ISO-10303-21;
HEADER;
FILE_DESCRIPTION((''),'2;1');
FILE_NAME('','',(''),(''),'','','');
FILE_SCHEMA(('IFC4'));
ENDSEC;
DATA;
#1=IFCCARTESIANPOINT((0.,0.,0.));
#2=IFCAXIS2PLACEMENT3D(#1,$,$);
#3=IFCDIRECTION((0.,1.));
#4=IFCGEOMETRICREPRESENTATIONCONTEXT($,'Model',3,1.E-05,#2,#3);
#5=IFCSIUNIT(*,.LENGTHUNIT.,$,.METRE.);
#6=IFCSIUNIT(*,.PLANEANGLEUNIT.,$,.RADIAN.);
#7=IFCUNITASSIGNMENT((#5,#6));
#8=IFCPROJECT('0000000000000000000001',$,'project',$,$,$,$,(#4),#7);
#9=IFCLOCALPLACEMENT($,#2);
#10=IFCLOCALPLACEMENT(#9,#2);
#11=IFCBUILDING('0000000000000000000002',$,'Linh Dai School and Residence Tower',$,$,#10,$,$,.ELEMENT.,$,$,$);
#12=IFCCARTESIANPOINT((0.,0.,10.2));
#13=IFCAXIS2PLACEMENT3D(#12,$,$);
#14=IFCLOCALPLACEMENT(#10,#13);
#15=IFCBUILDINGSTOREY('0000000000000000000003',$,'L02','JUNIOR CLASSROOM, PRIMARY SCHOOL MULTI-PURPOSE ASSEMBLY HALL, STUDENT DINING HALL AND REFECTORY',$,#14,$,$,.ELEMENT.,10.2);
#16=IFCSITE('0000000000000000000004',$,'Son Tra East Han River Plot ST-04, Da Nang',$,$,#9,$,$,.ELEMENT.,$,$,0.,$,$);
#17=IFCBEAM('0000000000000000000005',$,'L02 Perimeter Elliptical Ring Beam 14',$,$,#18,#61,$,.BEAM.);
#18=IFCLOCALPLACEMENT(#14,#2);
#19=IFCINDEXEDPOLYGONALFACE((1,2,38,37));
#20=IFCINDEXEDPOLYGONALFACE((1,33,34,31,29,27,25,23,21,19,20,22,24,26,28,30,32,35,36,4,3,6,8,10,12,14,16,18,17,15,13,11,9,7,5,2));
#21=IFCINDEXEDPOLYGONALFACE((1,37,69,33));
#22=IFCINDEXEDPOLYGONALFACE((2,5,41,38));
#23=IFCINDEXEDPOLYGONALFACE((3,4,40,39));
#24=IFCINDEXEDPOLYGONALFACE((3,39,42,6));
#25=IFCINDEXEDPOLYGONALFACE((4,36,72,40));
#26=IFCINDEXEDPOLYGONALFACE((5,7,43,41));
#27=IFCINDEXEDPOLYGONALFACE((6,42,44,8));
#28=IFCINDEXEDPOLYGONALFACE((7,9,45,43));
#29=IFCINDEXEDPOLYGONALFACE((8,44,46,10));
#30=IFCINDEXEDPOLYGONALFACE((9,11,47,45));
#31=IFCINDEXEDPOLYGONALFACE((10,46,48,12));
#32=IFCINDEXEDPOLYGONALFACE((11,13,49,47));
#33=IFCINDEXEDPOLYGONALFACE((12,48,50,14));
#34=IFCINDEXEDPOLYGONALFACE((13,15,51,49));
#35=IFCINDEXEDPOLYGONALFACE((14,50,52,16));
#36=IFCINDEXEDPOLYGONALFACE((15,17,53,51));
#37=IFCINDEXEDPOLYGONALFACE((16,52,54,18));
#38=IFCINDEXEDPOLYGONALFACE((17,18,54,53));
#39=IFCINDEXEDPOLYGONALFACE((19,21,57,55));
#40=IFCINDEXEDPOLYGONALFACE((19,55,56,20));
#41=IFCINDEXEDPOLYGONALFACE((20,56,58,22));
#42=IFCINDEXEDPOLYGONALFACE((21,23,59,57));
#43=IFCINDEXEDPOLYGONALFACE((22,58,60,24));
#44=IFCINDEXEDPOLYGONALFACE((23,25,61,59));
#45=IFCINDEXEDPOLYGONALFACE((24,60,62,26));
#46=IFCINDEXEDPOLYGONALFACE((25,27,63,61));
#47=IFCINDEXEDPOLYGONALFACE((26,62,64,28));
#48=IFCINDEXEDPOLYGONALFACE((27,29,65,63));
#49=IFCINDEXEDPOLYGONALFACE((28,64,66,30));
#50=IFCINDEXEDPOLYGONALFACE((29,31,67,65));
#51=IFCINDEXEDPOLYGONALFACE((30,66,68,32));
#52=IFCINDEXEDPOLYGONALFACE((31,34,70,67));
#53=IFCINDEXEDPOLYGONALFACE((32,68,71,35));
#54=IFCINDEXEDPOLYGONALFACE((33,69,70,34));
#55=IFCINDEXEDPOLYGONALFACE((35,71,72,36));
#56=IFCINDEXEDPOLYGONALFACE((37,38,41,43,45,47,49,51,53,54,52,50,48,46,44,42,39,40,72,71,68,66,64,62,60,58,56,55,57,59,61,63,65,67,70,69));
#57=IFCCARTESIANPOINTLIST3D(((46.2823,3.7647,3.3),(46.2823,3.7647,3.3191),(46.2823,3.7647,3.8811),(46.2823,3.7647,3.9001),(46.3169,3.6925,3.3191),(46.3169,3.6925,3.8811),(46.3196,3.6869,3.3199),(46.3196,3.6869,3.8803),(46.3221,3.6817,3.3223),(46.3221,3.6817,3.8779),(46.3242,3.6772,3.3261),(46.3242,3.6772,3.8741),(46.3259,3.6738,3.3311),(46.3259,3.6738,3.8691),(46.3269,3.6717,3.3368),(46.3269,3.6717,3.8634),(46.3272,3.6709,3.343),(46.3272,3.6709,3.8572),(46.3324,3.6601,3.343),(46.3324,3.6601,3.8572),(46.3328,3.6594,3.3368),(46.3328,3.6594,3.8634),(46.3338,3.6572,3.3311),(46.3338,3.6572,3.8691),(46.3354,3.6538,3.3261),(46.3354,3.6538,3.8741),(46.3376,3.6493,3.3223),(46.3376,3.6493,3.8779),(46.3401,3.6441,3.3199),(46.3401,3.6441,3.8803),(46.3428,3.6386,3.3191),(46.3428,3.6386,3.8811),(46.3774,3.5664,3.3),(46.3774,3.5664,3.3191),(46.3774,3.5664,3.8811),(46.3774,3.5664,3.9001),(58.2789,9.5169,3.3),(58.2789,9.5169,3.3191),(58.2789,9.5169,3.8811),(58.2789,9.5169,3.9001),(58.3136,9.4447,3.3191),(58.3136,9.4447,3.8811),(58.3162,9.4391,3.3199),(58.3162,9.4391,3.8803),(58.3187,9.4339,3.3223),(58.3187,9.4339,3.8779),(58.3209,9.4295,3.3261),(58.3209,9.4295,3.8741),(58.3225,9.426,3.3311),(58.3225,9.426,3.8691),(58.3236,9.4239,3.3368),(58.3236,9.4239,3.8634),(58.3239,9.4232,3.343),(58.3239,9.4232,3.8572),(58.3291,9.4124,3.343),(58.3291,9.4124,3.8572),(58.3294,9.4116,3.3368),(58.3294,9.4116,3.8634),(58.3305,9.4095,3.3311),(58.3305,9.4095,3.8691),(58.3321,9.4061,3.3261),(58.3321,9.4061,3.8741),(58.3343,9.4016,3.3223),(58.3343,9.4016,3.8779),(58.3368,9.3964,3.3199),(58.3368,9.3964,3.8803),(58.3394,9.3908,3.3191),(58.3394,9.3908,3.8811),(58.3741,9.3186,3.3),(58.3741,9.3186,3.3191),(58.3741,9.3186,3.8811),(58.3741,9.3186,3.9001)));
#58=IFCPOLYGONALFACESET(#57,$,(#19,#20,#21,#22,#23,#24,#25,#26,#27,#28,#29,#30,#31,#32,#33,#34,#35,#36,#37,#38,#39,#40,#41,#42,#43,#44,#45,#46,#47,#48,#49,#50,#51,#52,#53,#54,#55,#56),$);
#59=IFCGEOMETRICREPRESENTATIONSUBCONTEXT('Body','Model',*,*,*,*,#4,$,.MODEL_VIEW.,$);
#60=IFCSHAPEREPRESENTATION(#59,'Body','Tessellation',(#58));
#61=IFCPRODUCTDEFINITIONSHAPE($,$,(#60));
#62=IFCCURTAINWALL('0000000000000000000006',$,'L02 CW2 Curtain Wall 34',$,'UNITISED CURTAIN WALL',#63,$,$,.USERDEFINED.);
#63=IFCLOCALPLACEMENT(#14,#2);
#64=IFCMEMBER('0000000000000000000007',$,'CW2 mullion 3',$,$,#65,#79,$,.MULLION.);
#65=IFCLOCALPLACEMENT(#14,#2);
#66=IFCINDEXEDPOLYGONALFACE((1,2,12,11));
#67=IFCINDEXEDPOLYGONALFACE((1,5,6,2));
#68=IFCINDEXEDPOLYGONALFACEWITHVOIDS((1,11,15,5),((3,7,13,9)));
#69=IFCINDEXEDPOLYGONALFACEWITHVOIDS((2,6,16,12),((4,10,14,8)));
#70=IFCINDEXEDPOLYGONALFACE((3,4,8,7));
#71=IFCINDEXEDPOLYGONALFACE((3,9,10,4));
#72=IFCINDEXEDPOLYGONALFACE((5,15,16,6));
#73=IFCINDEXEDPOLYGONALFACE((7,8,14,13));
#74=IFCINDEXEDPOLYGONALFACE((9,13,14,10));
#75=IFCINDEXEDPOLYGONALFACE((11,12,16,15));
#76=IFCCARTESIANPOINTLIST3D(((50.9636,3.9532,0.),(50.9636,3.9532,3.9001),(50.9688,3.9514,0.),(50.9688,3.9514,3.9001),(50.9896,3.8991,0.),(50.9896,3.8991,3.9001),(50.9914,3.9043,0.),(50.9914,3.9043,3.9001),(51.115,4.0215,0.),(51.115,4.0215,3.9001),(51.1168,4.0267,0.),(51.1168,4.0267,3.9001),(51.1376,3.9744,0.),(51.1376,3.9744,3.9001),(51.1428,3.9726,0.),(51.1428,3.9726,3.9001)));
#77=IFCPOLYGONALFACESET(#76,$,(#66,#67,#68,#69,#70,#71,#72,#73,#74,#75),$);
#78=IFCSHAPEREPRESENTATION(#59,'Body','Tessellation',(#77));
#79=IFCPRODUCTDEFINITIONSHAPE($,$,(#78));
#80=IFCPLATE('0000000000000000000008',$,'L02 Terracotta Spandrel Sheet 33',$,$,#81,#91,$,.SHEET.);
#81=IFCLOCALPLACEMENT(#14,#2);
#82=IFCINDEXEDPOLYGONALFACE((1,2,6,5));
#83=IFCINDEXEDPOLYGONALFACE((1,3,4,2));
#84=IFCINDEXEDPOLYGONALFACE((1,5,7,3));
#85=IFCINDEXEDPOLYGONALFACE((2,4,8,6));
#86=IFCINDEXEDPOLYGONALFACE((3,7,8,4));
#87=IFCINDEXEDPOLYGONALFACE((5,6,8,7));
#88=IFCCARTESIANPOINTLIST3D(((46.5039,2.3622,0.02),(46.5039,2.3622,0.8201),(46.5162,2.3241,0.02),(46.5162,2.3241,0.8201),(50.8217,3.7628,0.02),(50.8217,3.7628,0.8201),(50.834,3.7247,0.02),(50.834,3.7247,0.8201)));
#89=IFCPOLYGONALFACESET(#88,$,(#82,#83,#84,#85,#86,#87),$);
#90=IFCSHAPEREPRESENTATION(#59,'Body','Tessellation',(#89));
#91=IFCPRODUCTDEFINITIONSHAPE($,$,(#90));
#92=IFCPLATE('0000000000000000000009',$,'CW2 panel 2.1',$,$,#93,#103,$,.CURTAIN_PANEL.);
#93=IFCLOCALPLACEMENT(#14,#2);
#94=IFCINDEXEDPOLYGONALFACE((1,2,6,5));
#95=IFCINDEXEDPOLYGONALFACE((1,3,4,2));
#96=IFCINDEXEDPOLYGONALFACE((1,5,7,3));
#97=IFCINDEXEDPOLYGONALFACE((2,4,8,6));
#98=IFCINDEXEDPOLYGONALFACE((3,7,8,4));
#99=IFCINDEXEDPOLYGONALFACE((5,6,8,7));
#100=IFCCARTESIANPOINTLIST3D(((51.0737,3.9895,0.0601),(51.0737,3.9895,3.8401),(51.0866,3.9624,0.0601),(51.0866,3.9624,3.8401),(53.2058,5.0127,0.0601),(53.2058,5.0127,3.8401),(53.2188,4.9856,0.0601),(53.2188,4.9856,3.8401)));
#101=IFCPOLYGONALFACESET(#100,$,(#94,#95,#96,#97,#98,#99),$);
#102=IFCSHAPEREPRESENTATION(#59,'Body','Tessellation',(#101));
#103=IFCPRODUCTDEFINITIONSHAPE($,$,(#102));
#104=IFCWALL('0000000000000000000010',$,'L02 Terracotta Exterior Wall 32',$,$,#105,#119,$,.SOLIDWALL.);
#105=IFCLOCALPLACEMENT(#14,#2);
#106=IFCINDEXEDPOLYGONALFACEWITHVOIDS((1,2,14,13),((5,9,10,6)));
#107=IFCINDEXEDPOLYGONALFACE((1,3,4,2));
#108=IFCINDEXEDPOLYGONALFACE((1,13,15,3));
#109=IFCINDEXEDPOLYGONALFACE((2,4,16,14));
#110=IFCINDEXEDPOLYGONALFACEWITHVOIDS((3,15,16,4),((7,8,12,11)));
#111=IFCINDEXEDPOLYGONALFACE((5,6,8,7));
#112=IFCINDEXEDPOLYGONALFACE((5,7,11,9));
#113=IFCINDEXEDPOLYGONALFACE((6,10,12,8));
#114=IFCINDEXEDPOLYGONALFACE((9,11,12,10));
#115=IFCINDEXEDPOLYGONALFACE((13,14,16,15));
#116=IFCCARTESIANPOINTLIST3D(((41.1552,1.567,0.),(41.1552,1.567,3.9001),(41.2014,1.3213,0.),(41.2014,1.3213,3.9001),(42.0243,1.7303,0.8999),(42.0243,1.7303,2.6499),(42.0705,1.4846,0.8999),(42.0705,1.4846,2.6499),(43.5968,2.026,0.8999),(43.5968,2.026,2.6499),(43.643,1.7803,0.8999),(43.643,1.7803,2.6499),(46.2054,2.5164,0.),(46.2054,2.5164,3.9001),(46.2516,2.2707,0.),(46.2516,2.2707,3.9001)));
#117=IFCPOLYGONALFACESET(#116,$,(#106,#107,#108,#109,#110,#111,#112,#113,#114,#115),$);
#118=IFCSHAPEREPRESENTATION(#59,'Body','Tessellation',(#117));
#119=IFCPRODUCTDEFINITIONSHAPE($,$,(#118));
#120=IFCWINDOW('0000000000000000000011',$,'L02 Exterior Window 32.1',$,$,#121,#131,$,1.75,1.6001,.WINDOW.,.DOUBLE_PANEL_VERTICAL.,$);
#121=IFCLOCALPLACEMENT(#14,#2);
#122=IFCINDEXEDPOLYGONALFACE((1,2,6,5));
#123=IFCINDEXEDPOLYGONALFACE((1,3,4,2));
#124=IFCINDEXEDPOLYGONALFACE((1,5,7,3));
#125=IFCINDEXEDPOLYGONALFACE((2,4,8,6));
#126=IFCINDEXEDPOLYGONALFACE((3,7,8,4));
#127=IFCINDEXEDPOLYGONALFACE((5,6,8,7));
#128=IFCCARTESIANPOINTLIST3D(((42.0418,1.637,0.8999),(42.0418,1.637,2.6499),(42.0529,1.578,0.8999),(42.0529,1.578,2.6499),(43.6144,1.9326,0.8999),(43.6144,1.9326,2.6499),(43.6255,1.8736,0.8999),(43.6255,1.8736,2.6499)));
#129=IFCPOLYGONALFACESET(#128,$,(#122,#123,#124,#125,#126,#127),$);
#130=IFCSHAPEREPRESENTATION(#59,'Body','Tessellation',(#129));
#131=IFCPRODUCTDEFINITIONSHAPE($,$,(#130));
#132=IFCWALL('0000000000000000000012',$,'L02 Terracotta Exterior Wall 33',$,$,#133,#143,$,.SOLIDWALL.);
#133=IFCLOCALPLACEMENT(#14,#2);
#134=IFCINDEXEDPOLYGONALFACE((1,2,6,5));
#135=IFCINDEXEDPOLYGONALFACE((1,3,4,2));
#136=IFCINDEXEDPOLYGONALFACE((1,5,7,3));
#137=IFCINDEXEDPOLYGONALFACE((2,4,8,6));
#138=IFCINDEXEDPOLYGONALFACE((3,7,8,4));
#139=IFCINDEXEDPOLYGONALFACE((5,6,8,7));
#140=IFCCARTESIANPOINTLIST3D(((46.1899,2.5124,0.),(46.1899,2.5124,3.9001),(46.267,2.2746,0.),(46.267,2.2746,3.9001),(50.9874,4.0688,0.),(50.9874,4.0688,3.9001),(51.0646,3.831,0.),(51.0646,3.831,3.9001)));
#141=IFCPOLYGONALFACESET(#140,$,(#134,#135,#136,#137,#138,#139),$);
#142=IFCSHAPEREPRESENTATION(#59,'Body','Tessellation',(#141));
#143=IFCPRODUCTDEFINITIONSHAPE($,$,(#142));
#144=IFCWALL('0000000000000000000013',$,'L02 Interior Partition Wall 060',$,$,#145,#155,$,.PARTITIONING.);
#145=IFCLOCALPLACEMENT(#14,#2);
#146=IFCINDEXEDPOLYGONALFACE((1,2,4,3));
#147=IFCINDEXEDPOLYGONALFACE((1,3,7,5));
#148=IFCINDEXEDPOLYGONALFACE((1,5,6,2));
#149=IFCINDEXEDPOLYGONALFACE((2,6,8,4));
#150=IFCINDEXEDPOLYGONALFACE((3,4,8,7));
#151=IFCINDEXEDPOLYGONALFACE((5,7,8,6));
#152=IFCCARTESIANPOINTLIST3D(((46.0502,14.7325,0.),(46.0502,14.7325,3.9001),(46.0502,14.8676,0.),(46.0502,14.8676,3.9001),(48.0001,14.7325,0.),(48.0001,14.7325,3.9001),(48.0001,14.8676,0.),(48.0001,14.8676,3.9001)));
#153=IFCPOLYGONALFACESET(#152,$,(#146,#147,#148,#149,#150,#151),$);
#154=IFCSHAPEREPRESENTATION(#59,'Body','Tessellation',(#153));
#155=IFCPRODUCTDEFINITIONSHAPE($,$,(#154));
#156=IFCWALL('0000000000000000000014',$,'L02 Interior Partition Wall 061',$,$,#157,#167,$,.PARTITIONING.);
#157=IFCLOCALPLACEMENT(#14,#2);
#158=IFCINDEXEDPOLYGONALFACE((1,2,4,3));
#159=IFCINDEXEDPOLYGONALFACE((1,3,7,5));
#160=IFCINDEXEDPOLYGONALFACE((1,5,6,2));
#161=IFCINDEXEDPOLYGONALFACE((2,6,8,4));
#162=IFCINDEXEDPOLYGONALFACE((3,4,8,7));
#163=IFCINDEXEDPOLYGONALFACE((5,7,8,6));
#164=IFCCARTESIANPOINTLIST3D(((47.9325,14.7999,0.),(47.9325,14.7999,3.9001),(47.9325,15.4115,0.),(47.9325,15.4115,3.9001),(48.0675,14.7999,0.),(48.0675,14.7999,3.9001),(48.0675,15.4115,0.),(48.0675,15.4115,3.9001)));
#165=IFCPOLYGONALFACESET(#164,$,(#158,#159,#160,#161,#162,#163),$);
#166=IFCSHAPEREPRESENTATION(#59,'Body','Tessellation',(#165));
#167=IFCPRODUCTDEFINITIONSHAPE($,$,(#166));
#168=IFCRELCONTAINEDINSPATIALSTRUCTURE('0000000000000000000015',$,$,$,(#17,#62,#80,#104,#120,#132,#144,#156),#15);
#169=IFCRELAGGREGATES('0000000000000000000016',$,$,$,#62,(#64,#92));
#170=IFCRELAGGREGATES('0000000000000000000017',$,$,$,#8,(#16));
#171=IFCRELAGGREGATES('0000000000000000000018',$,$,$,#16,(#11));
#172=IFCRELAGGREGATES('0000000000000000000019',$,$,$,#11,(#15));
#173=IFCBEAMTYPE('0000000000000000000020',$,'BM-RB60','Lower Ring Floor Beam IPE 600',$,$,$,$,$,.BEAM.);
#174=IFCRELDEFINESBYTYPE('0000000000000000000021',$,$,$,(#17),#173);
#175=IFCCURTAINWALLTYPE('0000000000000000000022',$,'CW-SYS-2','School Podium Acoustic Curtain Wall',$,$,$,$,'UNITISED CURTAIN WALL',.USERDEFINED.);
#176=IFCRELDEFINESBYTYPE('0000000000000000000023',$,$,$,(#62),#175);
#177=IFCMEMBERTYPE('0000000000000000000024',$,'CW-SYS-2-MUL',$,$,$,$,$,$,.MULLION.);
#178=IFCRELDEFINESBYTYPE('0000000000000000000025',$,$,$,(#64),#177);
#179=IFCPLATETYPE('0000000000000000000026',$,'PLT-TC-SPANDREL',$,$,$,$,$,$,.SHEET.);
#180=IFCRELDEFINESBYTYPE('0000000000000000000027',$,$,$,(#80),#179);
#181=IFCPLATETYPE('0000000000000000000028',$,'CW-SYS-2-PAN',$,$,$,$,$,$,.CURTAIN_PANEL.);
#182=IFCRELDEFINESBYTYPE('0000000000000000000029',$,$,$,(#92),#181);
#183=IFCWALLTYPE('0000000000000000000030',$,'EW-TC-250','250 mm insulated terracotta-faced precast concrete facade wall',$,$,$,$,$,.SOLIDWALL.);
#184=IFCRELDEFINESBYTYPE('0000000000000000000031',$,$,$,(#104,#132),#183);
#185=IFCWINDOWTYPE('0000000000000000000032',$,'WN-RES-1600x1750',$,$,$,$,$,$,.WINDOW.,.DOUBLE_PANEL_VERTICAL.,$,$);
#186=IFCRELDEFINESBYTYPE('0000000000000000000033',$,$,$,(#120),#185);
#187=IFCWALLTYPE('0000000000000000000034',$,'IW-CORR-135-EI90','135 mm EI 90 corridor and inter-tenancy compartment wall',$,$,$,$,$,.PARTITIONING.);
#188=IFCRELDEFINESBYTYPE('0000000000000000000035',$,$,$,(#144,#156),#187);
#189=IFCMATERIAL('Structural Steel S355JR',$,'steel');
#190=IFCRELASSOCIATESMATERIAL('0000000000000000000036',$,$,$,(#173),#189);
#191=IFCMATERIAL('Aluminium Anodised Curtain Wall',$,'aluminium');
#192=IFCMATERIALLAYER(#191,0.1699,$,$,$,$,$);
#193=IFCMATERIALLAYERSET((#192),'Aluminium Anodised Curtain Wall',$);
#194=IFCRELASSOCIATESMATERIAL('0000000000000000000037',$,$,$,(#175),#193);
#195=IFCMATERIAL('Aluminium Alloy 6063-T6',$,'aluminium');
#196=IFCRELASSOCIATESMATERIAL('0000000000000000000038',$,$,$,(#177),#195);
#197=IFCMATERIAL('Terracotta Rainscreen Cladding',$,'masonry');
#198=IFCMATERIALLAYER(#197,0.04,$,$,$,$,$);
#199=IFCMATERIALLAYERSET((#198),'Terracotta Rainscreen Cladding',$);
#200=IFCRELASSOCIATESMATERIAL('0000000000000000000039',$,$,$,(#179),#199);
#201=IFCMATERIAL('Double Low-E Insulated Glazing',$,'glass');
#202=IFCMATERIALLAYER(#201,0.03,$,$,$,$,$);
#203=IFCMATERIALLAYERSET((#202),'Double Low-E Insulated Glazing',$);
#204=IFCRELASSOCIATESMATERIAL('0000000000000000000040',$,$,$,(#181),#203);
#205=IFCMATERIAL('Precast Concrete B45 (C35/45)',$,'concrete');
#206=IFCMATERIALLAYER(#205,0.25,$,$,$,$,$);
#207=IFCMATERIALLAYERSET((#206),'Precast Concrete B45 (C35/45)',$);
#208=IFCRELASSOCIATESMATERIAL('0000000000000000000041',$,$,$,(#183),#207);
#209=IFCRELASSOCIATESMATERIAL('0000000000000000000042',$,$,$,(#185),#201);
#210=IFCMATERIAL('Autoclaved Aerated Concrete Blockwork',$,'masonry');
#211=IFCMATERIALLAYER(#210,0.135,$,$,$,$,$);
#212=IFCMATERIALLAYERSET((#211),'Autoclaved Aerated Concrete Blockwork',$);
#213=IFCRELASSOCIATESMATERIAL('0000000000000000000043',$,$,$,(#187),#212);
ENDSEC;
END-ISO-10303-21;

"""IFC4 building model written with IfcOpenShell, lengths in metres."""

from ifc_helpers import new_model, si_unit, direction, frame, frame_2d, origin, origin_2d, place, context, subcontext, project, spatial, rectangle, hollow_rectangle, i_section, extrude, source, transform, mapped, material, layer, layer_set, material_profile, profile_set, type_object, element, fill, aggregate, save


model = new_model("IFC4")

# Units and contexts
model_context = context("Model", 3, precision=1e-05, world=origin(), true_north=direction((0.0, 1.0)))
body_context = subcontext(model_context, "Body", "Model", "MODEL_VIEW")
ifc_project = project(units=[si_unit("LENGTHUNIT", "METRE"), si_unit("PLANEANGLEUNIT", "RADIAN")], contexts=[model_context])

# Site, building, storey
site_placement = place(None, origin())
site = spatial("IfcSite", under=ifc_project, at=site_placement, Name="Son Tra East Han River Plot ST-04, Da Nang", CompositionType="ELEMENT", RefElevation=0.0)
building_placement = place(site_placement, origin())
building = spatial("IfcBuilding", under=site, at=building_placement, Name="Linh Dai School and Residence Tower", CompositionType="ELEMENT")
storey_placement = place(building_placement, frame((0.0, 0.0, 10.2)))
storey = spatial("IfcBuildingStorey", under=building, at=storey_placement, Name="L02", Description="JUNIOR CLASSROOM, PRIMARY SCHOOL MULTI-PURPOSE ASSEMBLY HALL, STUDENT DINING HALL AND REFECTORY", CompositionType="ELEMENT", Elevation=10.2)

# Beam
ifc_material_1 = material(Name="Structural Steel S355JR", Category="steel")
ifc_material_profile_1 = material_profile(ifc_material_1, i_section(OverallWidth=0.22, OverallDepth=0.6001, WebThickness=0.012, FlangeThickness=0.019, FilletRadius=0.0239, at=origin_2d()), Name="IPE 600")
ifc_profile_set_1 = profile_set([ifc_material_profile_1], Name="Structural Steel S355JR")
beam_type = type_object("IfcBeamType", Name="BM-RB60", Description="Lower Ring Floor Beam IPE 600", PredefinedType="BEAM", material=ifc_profile_set_1)
beam_placement = place(storey_placement, frame((46.3298, 3.6655, 3.6001), z_axis=(0.901704, 0.432355, 0.0), x_axis=(-0.432355, 0.901704, 0.0)))
element("IfcBeam", 1, at=beam_placement, inside=storey, type_object=beam_type, Name="L02 Perimeter Elliptical Ring Beam 14", PredefinedType="BEAM", context=body_context, shape_type="SweptSolid", body=[
    extrude(i_section(OverallWidth=0.22, OverallDepth=0.6001, WebThickness=0.012, FlangeThickness=0.019, FilletRadius=0.0239, at=origin_2d()), origin(), (0.0, 0.0, 1.0), 13.3044),
])

# Curtain wall, member
ifc_material_2 = material(Name="Aluminium Anodised Curtain Wall", Category="aluminium")
ifc_layer_1 = layer(ifc_material_2, 0.1699)
ifc_layer_set_1 = layer_set([ifc_layer_1], Name="Aluminium Anodised Curtain Wall")
curtain_wall_type = type_object("IfcCurtainWallType", Name="CW-SYS-2", Description="School Podium Acoustic Curtain Wall", ElementType="UNITISED CURTAIN WALL", PredefinedType="USERDEFINED", material=ifc_layer_set_1)
curtain_wall_placement = place(storey_placement, origin())
curtain_wall = element("IfcCurtainWall", 2, at=curtain_wall_placement, inside=storey, type_object=curtain_wall_type, Name="L02 CW2 Curtain Wall 34", ObjectType="UNITISED CURTAIN WALL", PredefinedType="USERDEFINED")
ifc_material_3 = material(Name="Aluminium Alloy 6063-T6", Category="aluminium")
ifc_material_profile_2 = material_profile(ifc_material_3, hollow_rectangle(XDim=0.0601, YDim=0.1699, WallThickness=0.0039, at=origin_2d()), Name="RHS 170x60x4")
ifc_profile_set_2 = profile_set([ifc_material_profile_2], Name="Aluminium Alloy 6063-T6")
member_type = type_object("IfcMemberType", Name="CW-SYS-2-MUL", PredefinedType="MULLION", material=ifc_profile_set_2)
shared_shape_1 = source(origin(), body_context, "Body", "SweptSolid", [
    extrude(hollow_rectangle(XDim=0.0601, YDim=0.1699, WallThickness=0.0039, at=origin_2d()), origin(), (0.0, 0.0, 1.0), 3.9001),
])
member_placement = place(storey_placement, frame((51.0532, 3.9629, 0.0), z_axis=(0.0, 0.0, 1.0), x_axis=(0.432657, -0.901558, 0.0)))
member = element("IfcMember", 3, at=member_placement, type_object=member_type, Name="CW2 mullion 3", PredefinedType="MULLION", context=body_context, shape_type="MappedRepresentation", body=[
    mapped(shared_shape_1, transform((0.0, 0.0, 0.0), x_axis=(1.0, 0.0, 0.0), y_axis=(0.0, 1.0, 0.0), z_axis=(0.0, 0.0, 1.0), scale=1.0)),
])

# Plates
ifc_material_4 = material(Name="Terracotta Rainscreen Cladding", Category="masonry")
ifc_layer_2 = layer(ifc_material_4, 0.04)
ifc_layer_set_2 = layer_set([ifc_layer_2], Name="Terracotta Rainscreen Cladding")
plate_type_1 = type_object("IfcPlateType", Name="PLT-TC-SPANDREL", PredefinedType="SHEET", material=ifc_layer_set_2)
shared_shape_2 = source(origin(), body_context, "Body", "SweptSolid", [
    extrude(rectangle(XDim=4.5393, YDim=0.04, at=origin_2d()), origin(), (0.0, 0.0, 1.0), 0.8),
])
plate_1_placement = place(storey_placement, frame((48.6689, 3.0435, 0.02), z_axis=(0.0, 0.0, 1.0), x_axis=(-0.951207, -0.308554, 0.0)))
element("IfcPlate", 4, at=plate_1_placement, inside=storey, type_object=plate_type_1, Name="L02 Terracotta Spandrel Sheet 33", PredefinedType="SHEET", context=body_context, shape_type="MappedRepresentation", body=[
    mapped(shared_shape_2, transform((0.0, 0.0, 0.0), x_axis=(1.0, 0.0, 0.0), y_axis=(0.0, 1.0, 0.0), z_axis=(0.0, 0.0, 1.0), scale=1.0)),
])
ifc_material_5 = material(Name="Double Low-E Insulated Glazing", Category="glass")
ifc_layer_3 = layer(ifc_material_5, 0.03)
ifc_layer_set_3 = layer_set([ifc_layer_3], Name="Double Low-E Insulated Glazing")
plate_type_2 = type_object("IfcPlateType", Name="CW-SYS-2-PAN", PredefinedType="CURTAIN_PANEL", material=ifc_layer_set_3)
shared_shape_3 = source(origin(), body_context, "Body", "SweptSolid", [
    extrude(rectangle(XDim=2.365, YDim=0.03, at=origin_2d()), origin(), (0.0, 0.0, 1.0), 3.78),
])
plate_2_placement = place(storey_placement, frame((52.1462, 4.4875, 0.0601), z_axis=(0.0, 0.0, 1.0), x_axis=(-0.901558, -0.432657, 0.0)))
plate_2 = element("IfcPlate", 5, at=plate_2_placement, type_object=plate_type_2, Name="CW2 panel 2.1", PredefinedType="CURTAIN_PANEL", context=body_context, shape_type="MappedRepresentation", body=[
    mapped(shared_shape_3, transform((0.0, 0.0, 0.0), x_axis=(1.0, 0.0, 0.0), y_axis=(0.0, 1.0, 0.0), z_axis=(0.0, 0.0, 1.0), scale=1.0)),
])
aggregate(curtain_wall, [member, plate_2])

# Wall, opening, window
ifc_material_6 = material(Name="Precast Concrete B45 (C35/45)", Category="concrete")
ifc_layer_4 = layer(ifc_material_6, 0.25)
ifc_layer_set_4 = layer_set([ifc_layer_4], Name="Precast Concrete B45 (C35/45)")
wall_type_1 = type_object("IfcWallType", Name="EW-TC-250", Description="250 mm insulated terracotta-faced precast concrete facade wall", PredefinedType="SOLIDWALL", material=ifc_layer_set_4)
wall_1_placement = place(storey_placement, frame((46.2285, 2.3936, 0.0), z_axis=(0.0, 0.0, 1.0), x_axis=(-0.982783, -0.184765, 0.0)))
wall_1 = element("IfcWall", 6, at=wall_1_placement, inside=storey, type_object=wall_type_1, Name="L02 Terracotta Exterior Wall 32", PredefinedType="SOLIDWALL", context=body_context, shape_type="SweptSolid", body=[
    extrude(rectangle(XDim=5.1387, YDim=0.25, at=frame_2d((2.5693, 0.0))), origin(), (0.0, 0.0, 1.0), 3.9001),
])
opening_1_placement = place(wall_1_placement, frame((2.6543, 0.0, 0.8999)))
opening_1 = element("IfcOpeningElement", 7, at=opening_1_placement, cuts=wall_1, PredefinedType="OPENING", context=body_context, shape_type="SweptSolid", body=[
    extrude(rectangle(XDim=1.6001, YDim=1.75, at=origin_2d()), frame((0.8, 0.135, 0.875), z_axis=(0.0, -1.0, 0.0), x_axis=(1.0, 0.0, 0.0)), (0.0, 0.0, 1.0), 0.27),
])
window_type = type_object("IfcWindowType", Name="WN-RES-1600x1750", PartitioningType="DOUBLE_PANEL_VERTICAL", PredefinedType="WINDOW", material=ifc_material_5)
shared_shape_4 = source(origin(), body_context, "Body", "SweptSolid", [
    extrude(rectangle(XDim=1.6001, YDim=1.75, at=origin_2d()), frame((0.8, 0.03, 0.875), z_axis=(0.0, -1.0, 0.0), x_axis=(1.0, 0.0, 0.0)), (0.0, 0.0, 1.0), 0.0601),
])
window_placement = place(opening_1_placement, origin())
window = element("IfcWindow", 8, at=window_placement, inside=storey, type_object=window_type, Name="L02 Exterior Window 32.1", OverallHeight=1.75, OverallWidth=1.6001, PartitioningType="DOUBLE_PANEL_VERTICAL", PredefinedType="WINDOW", context=body_context, shape_type="MappedRepresentation", body=[
    mapped(shared_shape_4, transform((0.0, 0.0, 0.0), x_axis=(1.0, 0.0, 0.0), y_axis=(0.0, 1.0, 0.0), z_axis=(0.0, 0.0, 1.0), scale=1.0)),
])
fill(opening_1, window)

# Walls
wall_2_placement = place(storey_placement, frame((51.0261, 3.95, 0.0), z_axis=(0.0, 0.0, 1.0), x_axis=(-0.951199, -0.308579, 0.0)))
element("IfcWall", 9, at=wall_2_placement, inside=storey, type_object=wall_type_1, Name="L02 Terracotta Exterior Wall 33", PredefinedType="SOLIDWALL", context=body_context, shape_type="SweptSolid", body=[
    extrude(rectangle(XDim=5.0437, YDim=0.25, at=frame_2d((2.522, 0.0))), origin(), (0.0, 0.0, 1.0), 3.9001),
])
ifc_material_7 = material(Name="Autoclaved Aerated Concrete Blockwork", Category="masonry")
ifc_layer_5 = layer(ifc_material_7, 0.135)
ifc_layer_set_5 = layer_set([ifc_layer_5], Name="Autoclaved Aerated Concrete Blockwork")
wall_type_2 = type_object("IfcWallType", Name="IW-CORR-135-EI90", Description="135 mm EI 90 corridor and inter-tenancy compartment wall", PredefinedType="PARTITIONING", material=ifc_layer_set_5)
wall_3_placement = place(storey_placement, frame((46.05, 14.8, 0.0), z_axis=(0.0, 0.0, 1.0), x_axis=(1.0, 0.0, 0.0)))
element("IfcWall", 10, at=wall_3_placement, inside=storey, type_object=wall_type_2, Name="L02 Interior Partition Wall 060", PredefinedType="PARTITIONING", context=body_context, shape_type="SweptSolid", body=[
    extrude(rectangle(XDim=1.95, YDim=0.135, at=frame_2d((0.9751, 0.0))), origin(), (0.0, 0.0, 1.0), 3.9001),
])
wall_4_placement = place(storey_placement, frame((48.0, 14.8, 0.0), z_axis=(0.0, 0.0, 1.0), x_axis=(0.0, 1.0, 0.0)))
element("IfcWall", 11, at=wall_4_placement, inside=storey, type_object=wall_type_2, Name="L02 Interior Partition Wall 061", PredefinedType="PARTITIONING", context=body_context, shape_type="SweptSolid", body=[
    extrude(rectangle(XDim=0.6116, YDim=0.135, at=frame_2d((0.3057, 0.0))), origin(), (0.0, 0.0, 1.0), 3.9001),
])

save(model, "model.ifc")
